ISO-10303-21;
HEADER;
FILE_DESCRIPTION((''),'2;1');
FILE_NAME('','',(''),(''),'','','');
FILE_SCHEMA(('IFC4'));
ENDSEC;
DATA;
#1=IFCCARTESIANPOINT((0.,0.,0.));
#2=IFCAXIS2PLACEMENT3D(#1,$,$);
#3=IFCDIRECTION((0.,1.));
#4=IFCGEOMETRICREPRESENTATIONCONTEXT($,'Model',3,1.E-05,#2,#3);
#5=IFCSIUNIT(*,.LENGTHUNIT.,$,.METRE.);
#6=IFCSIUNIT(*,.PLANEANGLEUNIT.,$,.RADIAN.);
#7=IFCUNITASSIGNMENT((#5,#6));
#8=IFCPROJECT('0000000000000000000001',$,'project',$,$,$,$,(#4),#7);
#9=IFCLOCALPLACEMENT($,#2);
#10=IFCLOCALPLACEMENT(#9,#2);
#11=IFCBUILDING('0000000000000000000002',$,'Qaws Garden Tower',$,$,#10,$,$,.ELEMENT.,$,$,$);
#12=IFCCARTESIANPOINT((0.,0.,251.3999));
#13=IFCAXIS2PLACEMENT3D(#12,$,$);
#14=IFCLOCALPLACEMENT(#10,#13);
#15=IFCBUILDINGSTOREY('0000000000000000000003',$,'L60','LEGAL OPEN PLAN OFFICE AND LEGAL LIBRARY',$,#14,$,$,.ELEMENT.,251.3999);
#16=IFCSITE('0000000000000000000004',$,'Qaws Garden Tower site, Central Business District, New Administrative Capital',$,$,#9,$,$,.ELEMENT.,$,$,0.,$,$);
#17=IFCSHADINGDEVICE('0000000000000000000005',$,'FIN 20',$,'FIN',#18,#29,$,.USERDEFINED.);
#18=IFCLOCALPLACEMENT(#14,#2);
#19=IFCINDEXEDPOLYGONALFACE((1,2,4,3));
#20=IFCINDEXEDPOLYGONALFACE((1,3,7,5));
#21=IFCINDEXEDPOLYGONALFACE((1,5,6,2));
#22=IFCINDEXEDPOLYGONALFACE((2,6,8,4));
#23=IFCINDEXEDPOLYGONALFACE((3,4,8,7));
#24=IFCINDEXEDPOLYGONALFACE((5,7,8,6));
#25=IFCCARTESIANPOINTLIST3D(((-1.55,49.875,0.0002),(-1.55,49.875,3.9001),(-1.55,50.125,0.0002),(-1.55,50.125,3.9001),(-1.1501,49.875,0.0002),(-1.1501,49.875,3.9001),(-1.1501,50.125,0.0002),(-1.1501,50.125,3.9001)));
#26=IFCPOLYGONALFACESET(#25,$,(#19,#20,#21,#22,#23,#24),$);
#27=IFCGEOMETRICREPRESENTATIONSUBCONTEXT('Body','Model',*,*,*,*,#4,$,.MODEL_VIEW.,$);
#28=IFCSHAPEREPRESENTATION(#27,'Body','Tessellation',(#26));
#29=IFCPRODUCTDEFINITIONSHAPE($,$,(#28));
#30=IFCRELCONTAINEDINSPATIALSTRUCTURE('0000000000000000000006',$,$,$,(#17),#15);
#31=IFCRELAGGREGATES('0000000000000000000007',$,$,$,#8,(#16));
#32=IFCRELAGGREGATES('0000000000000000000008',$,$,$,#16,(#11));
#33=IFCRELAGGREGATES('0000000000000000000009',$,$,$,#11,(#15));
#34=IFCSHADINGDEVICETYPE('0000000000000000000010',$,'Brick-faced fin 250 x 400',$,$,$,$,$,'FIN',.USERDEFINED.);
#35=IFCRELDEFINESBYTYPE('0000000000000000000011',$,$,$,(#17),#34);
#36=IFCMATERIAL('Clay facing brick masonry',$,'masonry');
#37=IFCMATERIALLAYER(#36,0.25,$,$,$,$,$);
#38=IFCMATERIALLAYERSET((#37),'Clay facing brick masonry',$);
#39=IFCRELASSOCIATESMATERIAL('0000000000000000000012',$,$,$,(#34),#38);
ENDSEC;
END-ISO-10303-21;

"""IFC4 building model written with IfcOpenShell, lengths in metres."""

from ifc_helpers import new_model, si_unit, direction, frame, origin, origin_2d, place, context, subcontext, project, spatial, rectangle, extrude, material, layer, layer_set, type_object, element, save


model = new_model("IFC4")

# Units and contexts
model_context = context("Model", 3, precision=1e-05, world=origin(), true_north=direction((0.0, 1.0)))
body_context = subcontext(model_context, "Body", "Model", "MODEL_VIEW")
ifc_project = project(units=[si_unit("LENGTHUNIT", "METRE"), si_unit("PLANEANGLEUNIT", "RADIAN")], contexts=[model_context])

# Site, building, storey
site_placement = place(None, origin())
site = spatial("IfcSite", under=ifc_project, at=site_placement, Name="Qaws Garden Tower site, Central Business District, New Administrative Capital", CompositionType="ELEMENT", RefElevation=0.0)
building_placement = place(site_placement, origin())
building = spatial("IfcBuilding", under=site, at=building_placement, Name="Qaws Garden Tower", CompositionType="ELEMENT")
storey_placement = place(building_placement, frame((0.0, 0.0, 251.3999)))
storey = spatial("IfcBuildingStorey", under=building, at=storey_placement, Name="L60", Description="LEGAL OPEN PLAN OFFICE AND LEGAL LIBRARY", CompositionType="ELEMENT", Elevation=251.3999)

# Shading device
ifc_material_1 = material(Name="Clay facing brick masonry", Category="masonry")
ifc_layer_1 = layer(ifc_material_1, 0.25)
ifc_layer_set_1 = layer_set([ifc_layer_1], Name="Clay facing brick masonry")
shading_device_type = type_object("IfcShadingDeviceType", Name="Brick-faced fin 250 x 400", ElementType="FIN", PredefinedType="USERDEFINED", material=ifc_layer_set_1)
shading_device_placement = place(storey_placement, frame((-1.3501, 50.0, 0.0002), z_axis=(0.0, 0.0, 1.0), x_axis=(0.0, -1.0, 0.0)))
element("IfcShadingDevice", 1, at=shading_device_placement, inside=storey, type_object=shading_device_type, Name="FIN 20", ObjectType="FIN", PredefinedType="USERDEFINED", context=body_context, shape_type="SweptSolid", body=[
    extrude(rectangle(XDim=0.25, YDim=0.3999, at=origin_2d()), origin(), (0.0, 0.0, 1.0), 3.8999),
])

save(model, "model.ifc")
